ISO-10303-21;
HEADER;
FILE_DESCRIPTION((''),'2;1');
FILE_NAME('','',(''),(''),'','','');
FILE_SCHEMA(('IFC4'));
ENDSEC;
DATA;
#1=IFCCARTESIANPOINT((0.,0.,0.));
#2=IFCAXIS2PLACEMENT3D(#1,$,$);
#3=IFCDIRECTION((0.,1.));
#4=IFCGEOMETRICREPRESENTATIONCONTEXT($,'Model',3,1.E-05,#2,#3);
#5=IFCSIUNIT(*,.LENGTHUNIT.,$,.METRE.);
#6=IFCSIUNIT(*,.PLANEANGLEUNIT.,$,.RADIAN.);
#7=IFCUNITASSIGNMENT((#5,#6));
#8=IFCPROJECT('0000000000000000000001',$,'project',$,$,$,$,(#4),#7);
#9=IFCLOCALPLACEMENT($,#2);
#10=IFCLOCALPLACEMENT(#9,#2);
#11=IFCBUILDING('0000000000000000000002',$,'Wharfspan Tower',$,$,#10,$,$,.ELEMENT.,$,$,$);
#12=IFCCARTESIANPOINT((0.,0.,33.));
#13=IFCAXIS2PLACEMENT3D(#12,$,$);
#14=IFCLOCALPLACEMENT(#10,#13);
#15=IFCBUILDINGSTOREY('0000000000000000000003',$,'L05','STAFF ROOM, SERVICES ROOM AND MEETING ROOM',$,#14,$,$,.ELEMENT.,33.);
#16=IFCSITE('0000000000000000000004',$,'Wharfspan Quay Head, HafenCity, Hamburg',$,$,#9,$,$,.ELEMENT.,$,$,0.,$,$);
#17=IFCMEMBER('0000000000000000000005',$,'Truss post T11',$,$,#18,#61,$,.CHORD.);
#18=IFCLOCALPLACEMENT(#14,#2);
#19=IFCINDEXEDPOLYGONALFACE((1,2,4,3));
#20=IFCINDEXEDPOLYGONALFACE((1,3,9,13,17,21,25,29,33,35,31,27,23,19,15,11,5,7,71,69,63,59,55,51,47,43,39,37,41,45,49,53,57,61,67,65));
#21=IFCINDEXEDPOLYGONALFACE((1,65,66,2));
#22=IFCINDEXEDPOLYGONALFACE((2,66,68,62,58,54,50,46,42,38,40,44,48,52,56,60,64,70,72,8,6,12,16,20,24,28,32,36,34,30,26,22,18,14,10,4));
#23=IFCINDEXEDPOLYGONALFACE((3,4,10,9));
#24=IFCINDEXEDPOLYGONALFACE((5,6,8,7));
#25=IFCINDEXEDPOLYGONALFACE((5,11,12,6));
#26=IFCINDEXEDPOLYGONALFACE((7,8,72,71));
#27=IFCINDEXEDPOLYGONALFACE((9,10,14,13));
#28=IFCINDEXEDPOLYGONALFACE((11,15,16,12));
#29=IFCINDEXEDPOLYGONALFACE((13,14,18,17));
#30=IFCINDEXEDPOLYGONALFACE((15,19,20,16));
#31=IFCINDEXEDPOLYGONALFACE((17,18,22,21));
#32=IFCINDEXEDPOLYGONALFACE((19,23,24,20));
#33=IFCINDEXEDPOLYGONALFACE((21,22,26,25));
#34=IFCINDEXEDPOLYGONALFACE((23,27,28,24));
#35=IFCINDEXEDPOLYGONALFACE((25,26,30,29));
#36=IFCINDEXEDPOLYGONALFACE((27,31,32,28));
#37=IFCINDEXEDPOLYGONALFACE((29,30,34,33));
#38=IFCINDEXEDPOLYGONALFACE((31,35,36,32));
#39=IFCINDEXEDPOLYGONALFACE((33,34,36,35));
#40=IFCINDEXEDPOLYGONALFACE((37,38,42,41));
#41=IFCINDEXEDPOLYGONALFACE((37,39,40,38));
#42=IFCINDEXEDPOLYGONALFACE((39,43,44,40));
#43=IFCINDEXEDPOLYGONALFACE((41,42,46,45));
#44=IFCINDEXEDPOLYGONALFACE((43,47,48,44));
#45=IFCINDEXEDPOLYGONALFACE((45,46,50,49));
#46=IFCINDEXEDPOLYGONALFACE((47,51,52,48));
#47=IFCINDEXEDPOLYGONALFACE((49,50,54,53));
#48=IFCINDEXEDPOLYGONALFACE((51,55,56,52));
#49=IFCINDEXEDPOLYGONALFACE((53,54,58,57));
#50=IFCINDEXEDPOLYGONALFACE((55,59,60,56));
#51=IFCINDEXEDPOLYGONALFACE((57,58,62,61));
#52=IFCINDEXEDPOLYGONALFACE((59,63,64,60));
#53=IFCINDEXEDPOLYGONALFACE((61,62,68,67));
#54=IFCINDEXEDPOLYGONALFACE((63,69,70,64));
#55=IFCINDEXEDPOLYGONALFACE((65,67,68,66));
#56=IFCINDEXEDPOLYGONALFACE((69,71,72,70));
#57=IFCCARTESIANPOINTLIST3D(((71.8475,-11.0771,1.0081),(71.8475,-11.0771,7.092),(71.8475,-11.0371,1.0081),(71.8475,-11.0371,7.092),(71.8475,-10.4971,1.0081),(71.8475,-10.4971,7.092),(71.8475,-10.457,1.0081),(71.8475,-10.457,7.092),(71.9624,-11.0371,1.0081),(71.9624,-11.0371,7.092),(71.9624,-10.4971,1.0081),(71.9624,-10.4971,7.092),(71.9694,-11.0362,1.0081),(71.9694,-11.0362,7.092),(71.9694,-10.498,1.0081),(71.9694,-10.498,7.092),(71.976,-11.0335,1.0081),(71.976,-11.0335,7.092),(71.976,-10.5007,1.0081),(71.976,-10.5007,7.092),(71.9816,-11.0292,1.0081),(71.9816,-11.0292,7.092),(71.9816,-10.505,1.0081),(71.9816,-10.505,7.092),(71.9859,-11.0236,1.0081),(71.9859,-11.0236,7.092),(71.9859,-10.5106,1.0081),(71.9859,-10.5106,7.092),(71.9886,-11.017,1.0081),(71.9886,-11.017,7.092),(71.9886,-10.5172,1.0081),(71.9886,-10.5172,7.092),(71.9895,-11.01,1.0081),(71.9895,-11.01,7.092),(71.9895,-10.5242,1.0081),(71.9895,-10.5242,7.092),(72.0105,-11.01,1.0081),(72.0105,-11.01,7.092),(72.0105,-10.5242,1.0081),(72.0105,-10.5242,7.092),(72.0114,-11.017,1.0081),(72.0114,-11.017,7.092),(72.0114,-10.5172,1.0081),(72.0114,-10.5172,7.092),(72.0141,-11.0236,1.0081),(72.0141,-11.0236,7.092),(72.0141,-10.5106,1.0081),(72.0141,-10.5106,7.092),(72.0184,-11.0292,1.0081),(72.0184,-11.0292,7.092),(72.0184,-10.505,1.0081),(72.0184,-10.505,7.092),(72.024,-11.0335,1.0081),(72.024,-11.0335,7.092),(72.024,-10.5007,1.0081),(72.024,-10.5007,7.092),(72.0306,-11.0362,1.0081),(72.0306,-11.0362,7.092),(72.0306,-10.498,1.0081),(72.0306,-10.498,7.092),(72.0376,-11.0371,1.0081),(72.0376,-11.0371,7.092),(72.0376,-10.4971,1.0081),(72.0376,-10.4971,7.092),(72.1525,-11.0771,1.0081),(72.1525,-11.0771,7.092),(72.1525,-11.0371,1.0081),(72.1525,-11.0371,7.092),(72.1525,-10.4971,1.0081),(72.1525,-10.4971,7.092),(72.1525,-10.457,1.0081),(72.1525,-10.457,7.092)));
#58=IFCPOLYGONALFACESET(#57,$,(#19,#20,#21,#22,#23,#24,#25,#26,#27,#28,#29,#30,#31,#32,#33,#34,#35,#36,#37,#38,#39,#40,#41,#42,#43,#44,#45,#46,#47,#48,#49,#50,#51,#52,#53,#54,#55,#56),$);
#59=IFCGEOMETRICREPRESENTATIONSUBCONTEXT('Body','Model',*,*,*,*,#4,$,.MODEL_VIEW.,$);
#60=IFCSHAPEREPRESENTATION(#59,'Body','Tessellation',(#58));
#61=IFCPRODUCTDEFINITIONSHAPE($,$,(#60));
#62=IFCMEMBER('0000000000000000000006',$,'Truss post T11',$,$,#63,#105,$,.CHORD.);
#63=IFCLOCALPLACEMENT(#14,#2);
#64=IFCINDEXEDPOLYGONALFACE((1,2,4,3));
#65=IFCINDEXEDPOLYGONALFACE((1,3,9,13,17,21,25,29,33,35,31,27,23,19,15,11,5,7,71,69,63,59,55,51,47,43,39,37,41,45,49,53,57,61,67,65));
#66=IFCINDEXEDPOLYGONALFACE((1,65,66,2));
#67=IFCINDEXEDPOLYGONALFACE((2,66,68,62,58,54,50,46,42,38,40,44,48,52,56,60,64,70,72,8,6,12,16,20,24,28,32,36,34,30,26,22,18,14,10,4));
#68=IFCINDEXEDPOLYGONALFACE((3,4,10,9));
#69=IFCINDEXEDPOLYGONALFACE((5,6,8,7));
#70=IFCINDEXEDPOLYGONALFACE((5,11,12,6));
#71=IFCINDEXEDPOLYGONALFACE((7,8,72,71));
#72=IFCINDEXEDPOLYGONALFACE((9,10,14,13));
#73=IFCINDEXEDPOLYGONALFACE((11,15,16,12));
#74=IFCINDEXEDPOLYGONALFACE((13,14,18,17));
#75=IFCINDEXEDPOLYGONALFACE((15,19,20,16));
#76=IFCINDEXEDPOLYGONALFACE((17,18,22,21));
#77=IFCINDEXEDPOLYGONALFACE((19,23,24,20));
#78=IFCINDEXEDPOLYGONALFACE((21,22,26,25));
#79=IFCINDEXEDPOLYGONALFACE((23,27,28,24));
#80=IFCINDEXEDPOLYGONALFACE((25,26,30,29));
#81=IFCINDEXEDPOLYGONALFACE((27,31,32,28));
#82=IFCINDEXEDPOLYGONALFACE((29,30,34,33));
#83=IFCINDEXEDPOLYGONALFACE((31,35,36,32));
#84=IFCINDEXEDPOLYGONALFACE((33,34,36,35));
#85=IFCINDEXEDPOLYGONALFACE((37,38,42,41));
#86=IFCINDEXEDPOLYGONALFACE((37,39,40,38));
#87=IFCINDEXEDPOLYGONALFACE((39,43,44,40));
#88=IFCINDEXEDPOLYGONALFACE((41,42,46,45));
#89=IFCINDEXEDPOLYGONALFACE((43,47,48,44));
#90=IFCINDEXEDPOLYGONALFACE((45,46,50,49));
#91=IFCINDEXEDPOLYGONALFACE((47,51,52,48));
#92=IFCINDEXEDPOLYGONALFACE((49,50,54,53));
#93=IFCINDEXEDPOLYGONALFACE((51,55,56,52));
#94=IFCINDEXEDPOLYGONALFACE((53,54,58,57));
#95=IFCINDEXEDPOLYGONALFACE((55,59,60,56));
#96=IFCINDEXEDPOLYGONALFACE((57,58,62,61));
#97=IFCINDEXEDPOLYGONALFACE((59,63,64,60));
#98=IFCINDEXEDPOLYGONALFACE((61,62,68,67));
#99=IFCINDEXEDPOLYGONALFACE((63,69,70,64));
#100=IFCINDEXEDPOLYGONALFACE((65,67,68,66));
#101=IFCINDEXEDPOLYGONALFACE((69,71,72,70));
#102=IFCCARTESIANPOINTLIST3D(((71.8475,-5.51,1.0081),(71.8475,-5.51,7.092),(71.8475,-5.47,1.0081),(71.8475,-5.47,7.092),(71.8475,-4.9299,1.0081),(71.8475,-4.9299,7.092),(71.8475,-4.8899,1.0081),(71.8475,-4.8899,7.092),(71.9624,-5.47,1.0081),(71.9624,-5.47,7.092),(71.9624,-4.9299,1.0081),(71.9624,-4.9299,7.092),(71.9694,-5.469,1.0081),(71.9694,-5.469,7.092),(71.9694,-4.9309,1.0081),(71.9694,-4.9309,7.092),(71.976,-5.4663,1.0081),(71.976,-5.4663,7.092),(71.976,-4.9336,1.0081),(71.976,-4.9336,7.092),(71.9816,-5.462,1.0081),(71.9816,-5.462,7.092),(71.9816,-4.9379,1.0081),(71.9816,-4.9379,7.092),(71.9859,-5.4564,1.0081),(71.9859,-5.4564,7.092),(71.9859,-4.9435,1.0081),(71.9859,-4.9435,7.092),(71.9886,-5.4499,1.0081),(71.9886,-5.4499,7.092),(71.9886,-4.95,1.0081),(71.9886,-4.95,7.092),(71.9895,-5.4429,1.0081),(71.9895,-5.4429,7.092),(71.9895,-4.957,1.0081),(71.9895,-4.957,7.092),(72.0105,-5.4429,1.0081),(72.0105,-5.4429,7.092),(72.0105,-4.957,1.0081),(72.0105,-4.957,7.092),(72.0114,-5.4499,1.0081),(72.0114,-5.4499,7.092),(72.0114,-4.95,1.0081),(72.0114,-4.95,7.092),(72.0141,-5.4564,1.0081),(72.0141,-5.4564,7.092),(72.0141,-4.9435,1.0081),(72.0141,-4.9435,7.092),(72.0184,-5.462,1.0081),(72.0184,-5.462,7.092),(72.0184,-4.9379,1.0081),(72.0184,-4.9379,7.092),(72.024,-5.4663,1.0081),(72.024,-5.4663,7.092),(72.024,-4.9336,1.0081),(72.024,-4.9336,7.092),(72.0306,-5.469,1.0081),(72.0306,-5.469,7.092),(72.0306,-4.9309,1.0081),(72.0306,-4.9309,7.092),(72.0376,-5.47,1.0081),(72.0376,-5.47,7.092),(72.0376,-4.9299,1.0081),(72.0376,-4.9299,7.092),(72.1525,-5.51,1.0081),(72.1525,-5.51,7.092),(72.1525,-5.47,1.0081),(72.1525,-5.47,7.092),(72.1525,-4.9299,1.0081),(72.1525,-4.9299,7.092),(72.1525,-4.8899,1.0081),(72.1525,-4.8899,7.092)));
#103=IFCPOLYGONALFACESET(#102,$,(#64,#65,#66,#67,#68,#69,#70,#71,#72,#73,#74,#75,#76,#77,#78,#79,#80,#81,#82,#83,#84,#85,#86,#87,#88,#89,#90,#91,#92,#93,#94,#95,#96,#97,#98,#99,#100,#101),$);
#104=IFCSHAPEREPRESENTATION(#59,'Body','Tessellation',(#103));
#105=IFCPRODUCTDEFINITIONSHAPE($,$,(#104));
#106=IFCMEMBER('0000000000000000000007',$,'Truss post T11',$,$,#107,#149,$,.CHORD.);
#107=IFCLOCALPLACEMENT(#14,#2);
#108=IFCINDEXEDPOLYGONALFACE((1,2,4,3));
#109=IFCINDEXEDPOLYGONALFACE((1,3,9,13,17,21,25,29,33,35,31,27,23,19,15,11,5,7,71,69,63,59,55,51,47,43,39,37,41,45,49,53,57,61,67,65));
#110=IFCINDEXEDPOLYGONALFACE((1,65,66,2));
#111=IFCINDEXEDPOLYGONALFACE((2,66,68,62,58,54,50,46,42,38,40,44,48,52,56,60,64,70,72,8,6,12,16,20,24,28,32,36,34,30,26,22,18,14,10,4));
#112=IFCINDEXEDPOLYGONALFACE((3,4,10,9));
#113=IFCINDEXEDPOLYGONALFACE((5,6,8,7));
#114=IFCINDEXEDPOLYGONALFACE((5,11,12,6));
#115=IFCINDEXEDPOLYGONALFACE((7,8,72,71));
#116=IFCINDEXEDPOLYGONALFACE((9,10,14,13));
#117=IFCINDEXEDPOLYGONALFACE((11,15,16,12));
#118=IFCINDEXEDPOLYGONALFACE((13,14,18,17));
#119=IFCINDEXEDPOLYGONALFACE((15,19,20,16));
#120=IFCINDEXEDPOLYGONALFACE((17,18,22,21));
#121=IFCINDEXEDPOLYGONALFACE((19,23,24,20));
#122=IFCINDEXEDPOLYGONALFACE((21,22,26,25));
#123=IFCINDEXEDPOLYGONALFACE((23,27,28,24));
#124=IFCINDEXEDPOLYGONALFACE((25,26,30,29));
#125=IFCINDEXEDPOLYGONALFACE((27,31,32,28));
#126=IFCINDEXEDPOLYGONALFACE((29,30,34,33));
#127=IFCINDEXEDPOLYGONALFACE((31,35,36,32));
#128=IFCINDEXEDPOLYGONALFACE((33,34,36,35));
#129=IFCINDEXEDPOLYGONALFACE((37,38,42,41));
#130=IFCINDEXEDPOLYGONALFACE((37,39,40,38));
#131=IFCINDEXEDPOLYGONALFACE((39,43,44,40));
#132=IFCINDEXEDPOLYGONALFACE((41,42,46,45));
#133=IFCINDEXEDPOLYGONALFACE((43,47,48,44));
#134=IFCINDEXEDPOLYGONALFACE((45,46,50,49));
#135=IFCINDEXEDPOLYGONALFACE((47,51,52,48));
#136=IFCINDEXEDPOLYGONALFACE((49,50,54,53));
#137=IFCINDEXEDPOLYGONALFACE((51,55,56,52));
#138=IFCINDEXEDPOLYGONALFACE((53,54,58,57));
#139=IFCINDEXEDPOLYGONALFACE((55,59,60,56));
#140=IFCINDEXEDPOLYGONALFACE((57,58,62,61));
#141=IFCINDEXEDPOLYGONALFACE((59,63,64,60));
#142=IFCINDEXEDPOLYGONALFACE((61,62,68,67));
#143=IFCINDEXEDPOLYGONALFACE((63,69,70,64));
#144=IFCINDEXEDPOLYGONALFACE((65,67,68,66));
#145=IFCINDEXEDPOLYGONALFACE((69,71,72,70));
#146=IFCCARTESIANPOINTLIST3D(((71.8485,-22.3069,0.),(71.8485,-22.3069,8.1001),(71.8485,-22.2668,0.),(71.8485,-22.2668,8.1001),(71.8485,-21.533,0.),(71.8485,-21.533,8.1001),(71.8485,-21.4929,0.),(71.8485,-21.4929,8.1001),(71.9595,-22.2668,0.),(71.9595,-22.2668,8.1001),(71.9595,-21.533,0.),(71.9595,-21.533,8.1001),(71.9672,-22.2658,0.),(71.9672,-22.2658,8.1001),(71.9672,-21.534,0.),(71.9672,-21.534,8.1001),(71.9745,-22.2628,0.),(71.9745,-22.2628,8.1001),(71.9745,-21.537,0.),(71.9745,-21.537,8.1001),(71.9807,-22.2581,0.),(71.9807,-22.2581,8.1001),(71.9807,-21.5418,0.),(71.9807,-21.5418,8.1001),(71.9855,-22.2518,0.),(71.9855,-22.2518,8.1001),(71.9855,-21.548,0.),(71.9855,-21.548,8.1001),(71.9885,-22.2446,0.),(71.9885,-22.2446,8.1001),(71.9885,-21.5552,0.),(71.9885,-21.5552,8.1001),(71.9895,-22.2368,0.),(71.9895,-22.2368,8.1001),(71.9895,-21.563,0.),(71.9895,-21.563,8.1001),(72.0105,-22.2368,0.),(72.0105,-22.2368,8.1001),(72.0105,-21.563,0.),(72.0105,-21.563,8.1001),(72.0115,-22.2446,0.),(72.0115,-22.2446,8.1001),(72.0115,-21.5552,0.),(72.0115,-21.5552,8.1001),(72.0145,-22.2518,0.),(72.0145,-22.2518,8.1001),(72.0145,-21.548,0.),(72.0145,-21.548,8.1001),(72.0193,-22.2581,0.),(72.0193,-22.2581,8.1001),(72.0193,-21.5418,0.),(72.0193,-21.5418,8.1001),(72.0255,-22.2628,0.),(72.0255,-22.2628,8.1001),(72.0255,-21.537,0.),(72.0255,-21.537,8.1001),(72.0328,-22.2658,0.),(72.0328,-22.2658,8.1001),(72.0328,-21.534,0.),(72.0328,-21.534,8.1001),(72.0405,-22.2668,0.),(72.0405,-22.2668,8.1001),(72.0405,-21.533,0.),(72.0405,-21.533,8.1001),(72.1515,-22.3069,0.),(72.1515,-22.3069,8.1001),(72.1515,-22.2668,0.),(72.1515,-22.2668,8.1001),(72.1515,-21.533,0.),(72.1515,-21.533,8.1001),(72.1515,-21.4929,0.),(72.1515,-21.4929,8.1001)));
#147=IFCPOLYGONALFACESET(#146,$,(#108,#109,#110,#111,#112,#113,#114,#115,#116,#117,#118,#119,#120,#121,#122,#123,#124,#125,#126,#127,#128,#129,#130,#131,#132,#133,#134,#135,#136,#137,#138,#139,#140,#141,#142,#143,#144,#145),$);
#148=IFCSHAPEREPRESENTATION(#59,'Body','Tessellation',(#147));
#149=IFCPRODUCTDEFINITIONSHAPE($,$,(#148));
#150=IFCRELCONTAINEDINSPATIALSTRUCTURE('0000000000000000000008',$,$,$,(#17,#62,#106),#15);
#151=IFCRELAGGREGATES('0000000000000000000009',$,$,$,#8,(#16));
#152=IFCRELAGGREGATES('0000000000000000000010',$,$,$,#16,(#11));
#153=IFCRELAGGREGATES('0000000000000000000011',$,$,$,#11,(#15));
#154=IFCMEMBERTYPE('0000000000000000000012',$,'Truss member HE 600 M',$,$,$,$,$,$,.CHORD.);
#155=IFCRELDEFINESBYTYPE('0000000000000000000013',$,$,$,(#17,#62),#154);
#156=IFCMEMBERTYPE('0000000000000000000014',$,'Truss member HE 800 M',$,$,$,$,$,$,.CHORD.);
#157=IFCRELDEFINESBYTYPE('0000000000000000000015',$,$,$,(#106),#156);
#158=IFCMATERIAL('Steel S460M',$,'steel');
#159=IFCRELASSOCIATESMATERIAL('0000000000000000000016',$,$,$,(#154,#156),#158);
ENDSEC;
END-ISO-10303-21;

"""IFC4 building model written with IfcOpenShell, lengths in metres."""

from ifc_helpers import new_model, si_unit, direction, frame, origin, origin_2d, place, context, subcontext, project, spatial, i_section, extrude, material, material_profile, profile_set, type_object, element, save


model = new_model("IFC4")

# Units and contexts
model_context = context("Model", 3, precision=1e-05, world=origin(), true_north=direction((0.0, 1.0)))
body_context = subcontext(model_context, "Body", "Model", "MODEL_VIEW")
ifc_project = project(units=[si_unit("LENGTHUNIT", "METRE"), si_unit("PLANEANGLEUNIT", "RADIAN")], contexts=[model_context])

# Site, building, storey
site_placement = place(None, origin())
site = spatial("IfcSite", under=ifc_project, at=site_placement, Name="Wharfspan Quay Head, HafenCity, Hamburg", CompositionType="ELEMENT", RefElevation=0.0)
building_placement = place(site_placement, origin())
building = spatial("IfcBuilding", under=site, at=building_placement, Name="Wharfspan Tower", CompositionType="ELEMENT")
storey_placement = place(building_placement, frame((0.0, 0.0, 33.0)))
storey = spatial("IfcBuildingStorey", under=building, at=storey_placement, Name="L05", Description="STAFF ROOM, SERVICES ROOM AND MEETING ROOM", CompositionType="ELEMENT", Elevation=33.0)

# Members
ifc_material_1 = material(Name="Steel S460M", Category="steel")
ifc_material_profile_1 = material_profile(ifc_material_1, i_section(OverallWidth=0.3049, OverallDepth=0.6201, WebThickness=0.021, FlangeThickness=0.04, FilletRadius=0.0271, at=origin_2d()))
ifc_profile_set_1 = profile_set([ifc_material_profile_1], Name="Steel S460M")
member_type_1 = type_object("IfcMemberType", Name="Truss member HE 600 M", PredefinedType="CHORD", material=ifc_profile_set_1)
for number, where, z_axis, x_axis, name in (
    (1, (72.0, -10.7671, 1.0081), (0.0, 0.0, 1.0), (1.0, 0.0, 0.0), "Truss post T11"),
    (2, (72.0, -5.2, 1.0081), (0.0, 0.0, 1.0), (1.0, 0.0, 0.0), "Truss post T11"),
):
    element("IfcMember", number, at=place(storey_placement, frame(where, z_axis=z_axis, x_axis=x_axis)), inside=storey, type_object=member_type_1, Name=name, PredefinedType="CHORD", context=body_context, shape_type="SweptSolid", body=[
        extrude(i_section(OverallWidth=0.3049, OverallDepth=0.6201, WebThickness=0.021, FlangeThickness=0.04, FilletRadius=0.0271, at=origin_2d()), origin(), (0.0, 0.0, 1.0), 6.084),
    ])
ifc_material_profile_2 = material_profile(ifc_material_1, i_section(OverallWidth=0.303, OverallDepth=0.814, WebThickness=0.021, FlangeThickness=0.04, FilletRadius=0.03, at=origin_2d()))
ifc_profile_set_2 = profile_set([ifc_material_profile_2], Name="Steel S460M")
member_type_2 = type_object("IfcMemberType", Name="Truss member HE 800 M", PredefinedType="CHORD", material=ifc_profile_set_2)
member_1_placement = place(storey_placement, frame((72.0, -21.8999, 0.0), z_axis=(0.0, 0.0, 1.0), x_axis=(1.0, 0.0, 0.0)))
element("IfcMember", 3, at=member_1_placement, inside=storey, type_object=member_type_2, Name="Truss post T11", PredefinedType="CHORD", context=body_context, shape_type="SweptSolid", body=[
    extrude(i_section(OverallWidth=0.303, OverallDepth=0.814, WebThickness=0.021, FlangeThickness=0.04, FilletRadius=0.03, at=origin_2d()), origin(), (0.0, 0.0, 1.0), 8.1001),
])

save(model, "model.ifc")
